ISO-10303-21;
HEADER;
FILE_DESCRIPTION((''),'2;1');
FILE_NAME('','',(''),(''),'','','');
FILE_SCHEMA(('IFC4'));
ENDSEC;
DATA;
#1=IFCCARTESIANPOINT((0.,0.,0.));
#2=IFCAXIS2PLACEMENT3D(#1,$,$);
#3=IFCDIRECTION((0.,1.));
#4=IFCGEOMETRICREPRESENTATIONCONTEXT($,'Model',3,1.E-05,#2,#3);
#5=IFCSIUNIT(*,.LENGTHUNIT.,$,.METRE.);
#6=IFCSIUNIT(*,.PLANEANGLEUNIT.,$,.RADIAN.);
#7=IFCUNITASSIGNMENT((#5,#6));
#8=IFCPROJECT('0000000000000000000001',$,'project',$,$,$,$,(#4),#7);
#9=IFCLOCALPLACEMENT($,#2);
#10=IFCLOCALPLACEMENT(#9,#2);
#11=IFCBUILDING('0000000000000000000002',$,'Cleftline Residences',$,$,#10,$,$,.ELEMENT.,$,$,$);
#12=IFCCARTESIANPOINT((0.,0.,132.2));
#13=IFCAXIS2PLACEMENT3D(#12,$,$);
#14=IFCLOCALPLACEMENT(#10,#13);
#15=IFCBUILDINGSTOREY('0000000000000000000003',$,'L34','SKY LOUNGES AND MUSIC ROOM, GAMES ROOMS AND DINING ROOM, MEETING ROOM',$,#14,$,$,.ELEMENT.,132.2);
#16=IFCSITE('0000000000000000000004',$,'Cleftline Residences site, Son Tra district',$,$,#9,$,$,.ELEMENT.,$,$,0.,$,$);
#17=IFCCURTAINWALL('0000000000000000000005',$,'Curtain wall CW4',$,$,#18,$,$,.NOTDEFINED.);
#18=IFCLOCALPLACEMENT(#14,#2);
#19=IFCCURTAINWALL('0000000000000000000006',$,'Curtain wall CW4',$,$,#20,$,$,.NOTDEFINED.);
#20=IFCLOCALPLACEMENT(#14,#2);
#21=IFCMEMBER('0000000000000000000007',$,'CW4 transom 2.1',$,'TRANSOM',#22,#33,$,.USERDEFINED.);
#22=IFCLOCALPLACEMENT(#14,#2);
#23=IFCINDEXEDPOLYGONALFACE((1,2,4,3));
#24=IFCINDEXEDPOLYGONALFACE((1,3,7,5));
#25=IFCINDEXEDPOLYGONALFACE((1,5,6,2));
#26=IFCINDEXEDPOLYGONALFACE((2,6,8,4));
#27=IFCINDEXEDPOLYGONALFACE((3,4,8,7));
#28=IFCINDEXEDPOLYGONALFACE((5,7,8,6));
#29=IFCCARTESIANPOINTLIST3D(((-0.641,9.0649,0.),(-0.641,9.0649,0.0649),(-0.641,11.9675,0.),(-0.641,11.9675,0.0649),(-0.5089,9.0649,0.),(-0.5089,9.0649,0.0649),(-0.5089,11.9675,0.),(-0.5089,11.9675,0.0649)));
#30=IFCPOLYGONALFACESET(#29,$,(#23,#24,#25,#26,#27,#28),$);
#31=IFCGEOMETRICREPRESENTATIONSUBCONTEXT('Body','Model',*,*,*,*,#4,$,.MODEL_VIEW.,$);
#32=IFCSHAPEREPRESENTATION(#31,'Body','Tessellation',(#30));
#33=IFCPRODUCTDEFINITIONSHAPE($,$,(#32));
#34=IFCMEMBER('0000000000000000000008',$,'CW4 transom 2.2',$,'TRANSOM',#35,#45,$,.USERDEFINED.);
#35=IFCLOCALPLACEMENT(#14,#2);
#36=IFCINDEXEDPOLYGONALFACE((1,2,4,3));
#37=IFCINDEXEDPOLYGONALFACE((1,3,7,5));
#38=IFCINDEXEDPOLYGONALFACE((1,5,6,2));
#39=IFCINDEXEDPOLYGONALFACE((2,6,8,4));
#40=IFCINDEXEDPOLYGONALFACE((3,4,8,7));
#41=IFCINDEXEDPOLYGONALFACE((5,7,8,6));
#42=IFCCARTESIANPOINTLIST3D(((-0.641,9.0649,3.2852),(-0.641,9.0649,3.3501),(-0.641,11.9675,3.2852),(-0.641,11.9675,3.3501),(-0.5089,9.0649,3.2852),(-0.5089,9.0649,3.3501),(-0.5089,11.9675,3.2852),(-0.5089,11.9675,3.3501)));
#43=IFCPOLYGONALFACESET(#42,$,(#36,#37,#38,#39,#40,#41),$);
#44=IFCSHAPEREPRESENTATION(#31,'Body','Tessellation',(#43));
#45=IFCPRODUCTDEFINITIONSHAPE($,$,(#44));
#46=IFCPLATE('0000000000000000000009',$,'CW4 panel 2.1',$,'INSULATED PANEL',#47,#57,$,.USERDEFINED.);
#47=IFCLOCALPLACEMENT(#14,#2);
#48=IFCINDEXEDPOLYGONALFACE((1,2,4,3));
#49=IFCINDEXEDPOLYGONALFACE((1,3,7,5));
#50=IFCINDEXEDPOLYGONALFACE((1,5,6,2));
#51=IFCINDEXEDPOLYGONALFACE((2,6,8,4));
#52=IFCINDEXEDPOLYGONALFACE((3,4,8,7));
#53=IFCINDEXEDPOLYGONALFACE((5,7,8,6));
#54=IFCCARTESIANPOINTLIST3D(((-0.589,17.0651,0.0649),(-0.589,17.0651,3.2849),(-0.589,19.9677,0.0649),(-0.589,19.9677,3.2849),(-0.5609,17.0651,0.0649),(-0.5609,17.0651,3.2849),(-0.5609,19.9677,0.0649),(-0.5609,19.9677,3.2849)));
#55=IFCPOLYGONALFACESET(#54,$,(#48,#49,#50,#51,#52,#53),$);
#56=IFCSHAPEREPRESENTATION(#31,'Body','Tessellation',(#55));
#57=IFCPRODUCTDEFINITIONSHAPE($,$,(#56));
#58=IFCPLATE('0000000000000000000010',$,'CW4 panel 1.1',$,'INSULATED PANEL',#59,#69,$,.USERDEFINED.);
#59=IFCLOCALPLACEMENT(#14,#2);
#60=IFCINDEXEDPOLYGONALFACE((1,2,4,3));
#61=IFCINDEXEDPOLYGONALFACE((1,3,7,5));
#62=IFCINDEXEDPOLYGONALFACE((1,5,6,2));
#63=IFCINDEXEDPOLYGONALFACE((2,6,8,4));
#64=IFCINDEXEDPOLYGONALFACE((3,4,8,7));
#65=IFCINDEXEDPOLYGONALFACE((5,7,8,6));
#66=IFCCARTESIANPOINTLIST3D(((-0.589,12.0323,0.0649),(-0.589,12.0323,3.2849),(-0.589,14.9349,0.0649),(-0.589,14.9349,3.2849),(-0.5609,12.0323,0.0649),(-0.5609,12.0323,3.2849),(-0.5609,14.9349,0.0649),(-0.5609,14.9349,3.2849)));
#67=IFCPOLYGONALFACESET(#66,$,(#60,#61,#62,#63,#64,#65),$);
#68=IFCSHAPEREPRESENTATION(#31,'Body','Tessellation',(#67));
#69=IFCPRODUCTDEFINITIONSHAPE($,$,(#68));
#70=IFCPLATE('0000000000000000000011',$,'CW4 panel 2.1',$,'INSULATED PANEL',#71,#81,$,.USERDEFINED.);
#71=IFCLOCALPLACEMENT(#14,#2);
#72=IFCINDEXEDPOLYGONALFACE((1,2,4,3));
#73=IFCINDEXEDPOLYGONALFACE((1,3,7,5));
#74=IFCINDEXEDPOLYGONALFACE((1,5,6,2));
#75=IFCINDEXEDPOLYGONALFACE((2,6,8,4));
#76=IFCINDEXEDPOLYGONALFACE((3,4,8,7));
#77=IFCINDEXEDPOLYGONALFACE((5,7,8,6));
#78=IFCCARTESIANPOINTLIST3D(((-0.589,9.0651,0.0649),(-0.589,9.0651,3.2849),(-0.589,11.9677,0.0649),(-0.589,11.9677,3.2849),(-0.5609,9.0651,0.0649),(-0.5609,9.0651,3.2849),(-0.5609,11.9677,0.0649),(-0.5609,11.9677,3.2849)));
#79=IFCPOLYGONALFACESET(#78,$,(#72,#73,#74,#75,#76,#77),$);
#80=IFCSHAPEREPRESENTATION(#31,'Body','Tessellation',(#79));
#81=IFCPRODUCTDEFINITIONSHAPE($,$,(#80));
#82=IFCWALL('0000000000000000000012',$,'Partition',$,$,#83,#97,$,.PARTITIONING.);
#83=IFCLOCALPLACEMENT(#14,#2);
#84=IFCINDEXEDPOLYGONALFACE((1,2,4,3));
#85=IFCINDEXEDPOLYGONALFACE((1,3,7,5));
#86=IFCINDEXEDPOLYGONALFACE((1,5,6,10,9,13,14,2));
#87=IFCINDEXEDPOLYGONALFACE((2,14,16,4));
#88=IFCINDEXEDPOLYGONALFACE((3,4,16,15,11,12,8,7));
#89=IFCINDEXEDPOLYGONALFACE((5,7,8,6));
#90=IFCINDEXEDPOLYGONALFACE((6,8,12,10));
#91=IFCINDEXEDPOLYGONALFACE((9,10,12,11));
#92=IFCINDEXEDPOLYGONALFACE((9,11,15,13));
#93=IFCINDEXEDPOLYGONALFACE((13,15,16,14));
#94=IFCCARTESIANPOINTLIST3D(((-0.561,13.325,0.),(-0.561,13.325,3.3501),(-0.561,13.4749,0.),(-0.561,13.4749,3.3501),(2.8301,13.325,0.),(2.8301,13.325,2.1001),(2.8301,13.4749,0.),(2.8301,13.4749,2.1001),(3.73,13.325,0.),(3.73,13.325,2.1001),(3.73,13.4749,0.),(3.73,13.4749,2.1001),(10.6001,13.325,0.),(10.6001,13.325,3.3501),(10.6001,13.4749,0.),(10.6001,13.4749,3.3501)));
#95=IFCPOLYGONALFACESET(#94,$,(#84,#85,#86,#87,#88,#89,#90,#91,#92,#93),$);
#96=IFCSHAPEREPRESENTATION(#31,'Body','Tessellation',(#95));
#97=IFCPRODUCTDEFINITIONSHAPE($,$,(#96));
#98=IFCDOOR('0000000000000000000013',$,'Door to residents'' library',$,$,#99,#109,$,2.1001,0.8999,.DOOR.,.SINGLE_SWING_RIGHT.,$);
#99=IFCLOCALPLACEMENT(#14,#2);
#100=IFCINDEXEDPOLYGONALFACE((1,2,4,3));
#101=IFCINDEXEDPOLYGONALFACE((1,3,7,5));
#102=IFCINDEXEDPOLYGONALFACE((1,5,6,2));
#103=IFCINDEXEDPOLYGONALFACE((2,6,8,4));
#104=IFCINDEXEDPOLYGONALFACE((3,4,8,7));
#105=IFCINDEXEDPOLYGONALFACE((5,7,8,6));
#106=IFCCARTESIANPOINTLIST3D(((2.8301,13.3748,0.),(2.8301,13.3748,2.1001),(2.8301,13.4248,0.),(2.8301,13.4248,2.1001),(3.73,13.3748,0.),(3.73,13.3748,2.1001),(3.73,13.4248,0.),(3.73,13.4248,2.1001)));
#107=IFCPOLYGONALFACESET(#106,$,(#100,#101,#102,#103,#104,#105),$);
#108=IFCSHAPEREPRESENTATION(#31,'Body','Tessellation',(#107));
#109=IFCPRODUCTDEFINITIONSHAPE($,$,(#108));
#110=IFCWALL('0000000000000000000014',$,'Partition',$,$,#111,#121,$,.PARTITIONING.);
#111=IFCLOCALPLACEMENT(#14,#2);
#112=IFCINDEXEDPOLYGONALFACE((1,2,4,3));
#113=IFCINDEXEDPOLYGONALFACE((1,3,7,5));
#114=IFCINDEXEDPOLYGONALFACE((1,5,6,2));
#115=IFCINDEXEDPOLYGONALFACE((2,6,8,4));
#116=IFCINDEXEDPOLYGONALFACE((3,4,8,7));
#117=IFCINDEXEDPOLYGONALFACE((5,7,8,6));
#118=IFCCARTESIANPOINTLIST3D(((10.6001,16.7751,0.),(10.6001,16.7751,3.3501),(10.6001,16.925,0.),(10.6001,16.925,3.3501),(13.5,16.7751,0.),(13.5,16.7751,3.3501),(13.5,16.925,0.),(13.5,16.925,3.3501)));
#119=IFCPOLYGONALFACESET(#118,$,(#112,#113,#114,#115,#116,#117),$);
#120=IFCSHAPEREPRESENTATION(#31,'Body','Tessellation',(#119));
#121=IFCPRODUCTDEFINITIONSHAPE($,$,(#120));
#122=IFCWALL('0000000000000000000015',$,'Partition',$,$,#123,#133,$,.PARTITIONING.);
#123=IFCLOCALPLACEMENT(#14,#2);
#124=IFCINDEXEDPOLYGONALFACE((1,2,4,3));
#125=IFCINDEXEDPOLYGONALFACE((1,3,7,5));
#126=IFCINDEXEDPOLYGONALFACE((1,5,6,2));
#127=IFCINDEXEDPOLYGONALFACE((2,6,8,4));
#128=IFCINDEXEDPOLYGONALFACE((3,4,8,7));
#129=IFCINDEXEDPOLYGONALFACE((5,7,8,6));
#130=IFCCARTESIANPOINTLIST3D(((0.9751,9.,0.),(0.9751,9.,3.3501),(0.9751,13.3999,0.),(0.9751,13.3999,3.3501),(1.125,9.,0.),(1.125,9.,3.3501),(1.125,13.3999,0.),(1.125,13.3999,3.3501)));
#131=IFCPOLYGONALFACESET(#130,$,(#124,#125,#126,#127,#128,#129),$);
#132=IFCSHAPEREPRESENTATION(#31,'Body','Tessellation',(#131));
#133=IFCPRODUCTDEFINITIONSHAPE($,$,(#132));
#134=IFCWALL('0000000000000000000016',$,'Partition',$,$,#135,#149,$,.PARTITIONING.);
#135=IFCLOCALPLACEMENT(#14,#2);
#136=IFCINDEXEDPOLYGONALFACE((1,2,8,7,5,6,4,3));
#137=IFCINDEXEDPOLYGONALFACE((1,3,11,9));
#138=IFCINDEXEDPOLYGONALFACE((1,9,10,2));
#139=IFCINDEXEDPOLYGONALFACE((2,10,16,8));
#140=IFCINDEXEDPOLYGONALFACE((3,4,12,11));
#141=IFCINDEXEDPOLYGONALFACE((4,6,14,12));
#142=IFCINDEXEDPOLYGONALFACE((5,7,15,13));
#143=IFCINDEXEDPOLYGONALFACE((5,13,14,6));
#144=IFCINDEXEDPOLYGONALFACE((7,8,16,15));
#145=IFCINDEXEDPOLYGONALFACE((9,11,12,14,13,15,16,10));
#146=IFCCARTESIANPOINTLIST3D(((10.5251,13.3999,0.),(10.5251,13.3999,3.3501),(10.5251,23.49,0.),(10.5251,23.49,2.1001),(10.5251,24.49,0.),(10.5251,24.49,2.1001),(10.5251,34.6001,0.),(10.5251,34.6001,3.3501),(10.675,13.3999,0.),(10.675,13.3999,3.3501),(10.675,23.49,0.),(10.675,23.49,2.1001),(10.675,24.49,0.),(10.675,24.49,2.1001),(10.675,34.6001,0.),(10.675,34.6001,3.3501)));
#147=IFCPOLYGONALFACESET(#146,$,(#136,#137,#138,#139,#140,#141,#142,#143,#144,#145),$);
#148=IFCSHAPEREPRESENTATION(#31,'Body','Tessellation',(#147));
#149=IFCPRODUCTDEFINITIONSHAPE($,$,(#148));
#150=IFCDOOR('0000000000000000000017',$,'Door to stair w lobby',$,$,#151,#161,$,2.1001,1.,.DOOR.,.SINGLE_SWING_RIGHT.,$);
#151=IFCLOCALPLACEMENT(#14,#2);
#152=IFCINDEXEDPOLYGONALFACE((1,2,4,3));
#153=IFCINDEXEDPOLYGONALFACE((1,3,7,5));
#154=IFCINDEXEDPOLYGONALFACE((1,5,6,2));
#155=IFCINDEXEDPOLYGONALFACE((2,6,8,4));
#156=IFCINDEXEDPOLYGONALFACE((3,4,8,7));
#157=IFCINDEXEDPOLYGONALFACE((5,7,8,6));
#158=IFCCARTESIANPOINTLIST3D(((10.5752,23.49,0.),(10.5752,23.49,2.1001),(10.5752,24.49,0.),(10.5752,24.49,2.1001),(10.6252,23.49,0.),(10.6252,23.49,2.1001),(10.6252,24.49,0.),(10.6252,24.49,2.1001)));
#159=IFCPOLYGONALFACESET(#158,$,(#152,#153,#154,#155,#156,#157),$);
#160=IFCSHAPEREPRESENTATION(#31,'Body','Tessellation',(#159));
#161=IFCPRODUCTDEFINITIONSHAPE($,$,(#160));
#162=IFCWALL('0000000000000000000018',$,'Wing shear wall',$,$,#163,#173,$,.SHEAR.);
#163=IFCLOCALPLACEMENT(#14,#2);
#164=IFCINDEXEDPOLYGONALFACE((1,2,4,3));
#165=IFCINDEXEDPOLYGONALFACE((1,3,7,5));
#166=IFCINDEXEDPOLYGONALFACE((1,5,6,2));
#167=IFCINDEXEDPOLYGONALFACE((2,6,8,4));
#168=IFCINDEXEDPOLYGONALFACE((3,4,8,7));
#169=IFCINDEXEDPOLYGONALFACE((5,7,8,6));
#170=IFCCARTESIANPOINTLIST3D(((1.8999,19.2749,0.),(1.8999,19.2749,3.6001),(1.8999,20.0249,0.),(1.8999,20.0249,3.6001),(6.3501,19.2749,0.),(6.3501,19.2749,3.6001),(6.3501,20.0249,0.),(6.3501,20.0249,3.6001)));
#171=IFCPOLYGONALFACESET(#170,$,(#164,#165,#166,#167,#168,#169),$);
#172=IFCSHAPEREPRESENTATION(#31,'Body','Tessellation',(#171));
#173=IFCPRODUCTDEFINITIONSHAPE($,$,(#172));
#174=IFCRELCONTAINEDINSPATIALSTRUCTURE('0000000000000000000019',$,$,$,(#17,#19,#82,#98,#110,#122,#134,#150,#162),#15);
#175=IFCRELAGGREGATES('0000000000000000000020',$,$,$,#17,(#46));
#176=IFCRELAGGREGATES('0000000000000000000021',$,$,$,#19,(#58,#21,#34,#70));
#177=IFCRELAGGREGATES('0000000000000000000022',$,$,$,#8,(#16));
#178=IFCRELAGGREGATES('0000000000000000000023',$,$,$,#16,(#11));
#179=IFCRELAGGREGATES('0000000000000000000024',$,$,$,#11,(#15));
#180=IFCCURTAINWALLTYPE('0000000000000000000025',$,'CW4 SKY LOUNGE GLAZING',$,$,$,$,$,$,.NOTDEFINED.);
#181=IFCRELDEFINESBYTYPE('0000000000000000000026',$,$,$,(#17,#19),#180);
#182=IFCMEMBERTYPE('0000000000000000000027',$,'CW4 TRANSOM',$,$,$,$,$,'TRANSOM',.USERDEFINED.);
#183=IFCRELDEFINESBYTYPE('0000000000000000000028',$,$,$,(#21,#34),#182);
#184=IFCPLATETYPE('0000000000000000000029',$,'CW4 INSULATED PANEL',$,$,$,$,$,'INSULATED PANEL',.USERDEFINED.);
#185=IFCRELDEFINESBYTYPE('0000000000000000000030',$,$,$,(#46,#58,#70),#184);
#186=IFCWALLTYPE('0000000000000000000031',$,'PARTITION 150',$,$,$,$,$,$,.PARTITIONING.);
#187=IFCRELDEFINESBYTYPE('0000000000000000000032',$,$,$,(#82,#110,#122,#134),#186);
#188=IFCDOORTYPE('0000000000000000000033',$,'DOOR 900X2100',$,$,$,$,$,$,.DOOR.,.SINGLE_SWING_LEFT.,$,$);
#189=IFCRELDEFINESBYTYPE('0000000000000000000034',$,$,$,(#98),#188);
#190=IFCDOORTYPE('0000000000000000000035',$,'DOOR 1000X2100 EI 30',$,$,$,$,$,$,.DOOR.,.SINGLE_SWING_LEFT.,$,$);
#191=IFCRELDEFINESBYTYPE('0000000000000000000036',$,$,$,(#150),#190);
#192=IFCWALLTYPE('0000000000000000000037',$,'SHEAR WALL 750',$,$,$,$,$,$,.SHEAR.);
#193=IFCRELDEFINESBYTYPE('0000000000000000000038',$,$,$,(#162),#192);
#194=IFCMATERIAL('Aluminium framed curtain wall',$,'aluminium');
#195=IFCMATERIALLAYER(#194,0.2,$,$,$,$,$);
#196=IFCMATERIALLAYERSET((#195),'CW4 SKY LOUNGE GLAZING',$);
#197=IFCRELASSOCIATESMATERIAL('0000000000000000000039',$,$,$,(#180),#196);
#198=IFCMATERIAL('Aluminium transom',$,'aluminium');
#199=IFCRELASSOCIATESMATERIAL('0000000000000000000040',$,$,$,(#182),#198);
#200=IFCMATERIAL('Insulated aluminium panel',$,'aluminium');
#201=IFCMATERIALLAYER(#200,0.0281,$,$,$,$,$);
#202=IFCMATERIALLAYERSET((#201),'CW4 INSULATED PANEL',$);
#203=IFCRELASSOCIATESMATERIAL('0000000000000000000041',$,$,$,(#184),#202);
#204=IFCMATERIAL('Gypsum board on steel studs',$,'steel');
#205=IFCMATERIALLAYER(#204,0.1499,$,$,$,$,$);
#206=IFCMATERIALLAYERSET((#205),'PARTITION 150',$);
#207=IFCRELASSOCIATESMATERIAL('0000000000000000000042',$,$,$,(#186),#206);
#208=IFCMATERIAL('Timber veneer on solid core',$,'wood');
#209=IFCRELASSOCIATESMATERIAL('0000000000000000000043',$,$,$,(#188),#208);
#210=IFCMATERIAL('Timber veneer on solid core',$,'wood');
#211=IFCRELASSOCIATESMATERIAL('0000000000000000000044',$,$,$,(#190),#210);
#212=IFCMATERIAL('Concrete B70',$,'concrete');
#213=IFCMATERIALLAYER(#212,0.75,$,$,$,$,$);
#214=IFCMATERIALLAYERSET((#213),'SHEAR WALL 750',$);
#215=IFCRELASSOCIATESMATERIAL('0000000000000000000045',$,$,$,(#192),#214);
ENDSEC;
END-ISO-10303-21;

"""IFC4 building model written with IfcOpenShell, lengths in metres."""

from ifc_helpers import new_model, si_unit, direction, frame, frame_2d, origin, origin_2d, place, context, subcontext, project, spatial, rectangle, extrude, material, layer, layer_set, material_profile, profile_set, type_object, element, fill, aggregate, save


model = new_model("IFC4")

# Units and contexts
model_context = context("Model", 3, precision=1e-05, world=origin(), true_north=direction((0.0, 1.0)))
body_context = subcontext(model_context, "Body", "Model", "MODEL_VIEW")
ifc_project = project(units=[si_unit("LENGTHUNIT", "METRE"), si_unit("PLANEANGLEUNIT", "RADIAN")], contexts=[model_context])

# Site, building, storey
site_placement = place(None, origin())
site = spatial("IfcSite", under=ifc_project, at=site_placement, Name="Cleftline Residences site, Son Tra district", CompositionType="ELEMENT", RefElevation=0.0)
building_placement = place(site_placement, origin())
building = spatial("IfcBuilding", under=site, at=building_placement, Name="Cleftline Residences", CompositionType="ELEMENT")
storey_placement = place(building_placement, frame((0.0, 0.0, 132.2)))
storey = spatial("IfcBuildingStorey", under=building, at=storey_placement, Name="L34", Description="SKY LOUNGES AND MUSIC ROOM, GAMES ROOMS AND DINING ROOM, MEETING ROOM", CompositionType="ELEMENT", Elevation=132.2)

# Curtain walls
ifc_material_1 = material(Name="Aluminium framed curtain wall", Category="aluminium")
ifc_layer_1 = layer(ifc_material_1, 0.2)
ifc_layer_set_1 = layer_set([ifc_layer_1], Name="CW4 SKY LOUNGE GLAZING")
curtain_wall_type = type_object("IfcCurtainWallType", Name="CW4 SKY LOUNGE GLAZING", PredefinedType="NOTDEFINED", material=ifc_layer_set_1)
curtain_wall_1_placement = place(storey_placement, origin())
curtain_wall_1 = element("IfcCurtainWall", 1, at=curtain_wall_1_placement, inside=storey, type_object=curtain_wall_type, Name="Curtain wall CW4", PredefinedType="NOTDEFINED")
curtain_wall_2_placement = place(storey_placement, origin())
curtain_wall_2 = element("IfcCurtainWall", 2, at=curtain_wall_2_placement, inside=storey, type_object=curtain_wall_type, Name="Curtain wall CW4", PredefinedType="NOTDEFINED")

# Members
ifc_material_2 = material(Name="Aluminium transom", Category="aluminium")
ifc_material_profile_1 = material_profile(ifc_material_2, rectangle(XDim=0.1321, YDim=0.0649, at=origin_2d()))
ifc_profile_set_1 = profile_set([ifc_material_profile_1], Name="Aluminium transom")
member_type_1 = type_object("IfcMemberType", Name="CW4 TRANSOM", ElementType="TRANSOM", PredefinedType="USERDEFINED", material=ifc_profile_set_1)
member_1_placement = place(storey_placement, frame((-0.575, 11.9675, 0.0325), z_axis=(0.0, -1.0, 0.0), x_axis=(1.0, 0.0, 0.0)))
member_1 = element("IfcMember", 3, at=member_1_placement, type_object=member_type_1, Name="CW4 transom 2.1", ObjectType="TRANSOM", PredefinedType="USERDEFINED", context=body_context, shape_type="SweptSolid", body=[
    extrude(rectangle(XDim=0.1321, YDim=0.0649, at=origin_2d()), origin(), (0.0, 0.0, 1.0), 2.9026),
])
member_2_placement = place(storey_placement, frame((-0.575, 11.9675, 3.3176), z_axis=(0.0, -1.0, 0.0), x_axis=(1.0, 0.0, 0.0)))
member_2 = element("IfcMember", 4, at=member_2_placement, type_object=member_type_1, Name="CW4 transom 2.2", ObjectType="TRANSOM", PredefinedType="USERDEFINED", context=body_context, shape_type="SweptSolid", body=[
    extrude(rectangle(XDim=0.1321, YDim=0.0649, at=origin_2d()), origin(), (0.0, 0.0, 1.0), 2.9026),
])

# Plates
ifc_material_3 = material(Name="Insulated aluminium panel", Category="aluminium")
ifc_layer_2 = layer(ifc_material_3, 0.0281)
ifc_layer_set_2 = layer_set([ifc_layer_2], Name="CW4 INSULATED PANEL")
plate_type = type_object("IfcPlateType", Name="CW4 INSULATED PANEL", ElementType="INSULATED PANEL", PredefinedType="USERDEFINED", material=ifc_layer_set_2)
plate_1_placement = place(storey_placement, frame((-0.575, 18.5164, 0.0649), z_axis=(0.0, 0.0, 1.0), x_axis=(0.0, -1.0, 0.0)))
plate_1 = element("IfcPlate", 5, at=plate_1_placement, type_object=plate_type, Name="CW4 panel 2.1", ObjectType="INSULATED PANEL", PredefinedType="USERDEFINED", context=body_context, shape_type="SweptSolid", body=[
    extrude(rectangle(XDim=2.9026, YDim=0.0281, at=origin_2d()), origin(), (0.0, 0.0, 1.0), 3.22),
])
aggregate(curtain_wall_1, [plate_1])
plate_2_placement = place(storey_placement, frame((-0.575, 13.4836, 0.0649), z_axis=(0.0, 0.0, 1.0), x_axis=(0.0, -1.0, 0.0)))
plate_2 = element("IfcPlate", 6, at=plate_2_placement, type_object=plate_type, Name="CW4 panel 1.1", ObjectType="INSULATED PANEL", PredefinedType="USERDEFINED", context=body_context, shape_type="SweptSolid", body=[
    extrude(rectangle(XDim=2.9026, YDim=0.0281, at=origin_2d()), origin(), (0.0, 0.0, 1.0), 3.22),
])
plate_3_placement = place(storey_placement, frame((-0.575, 10.5164, 0.0649), z_axis=(0.0, 0.0, 1.0), x_axis=(0.0, -1.0, 0.0)))
plate_3 = element("IfcPlate", 7, at=plate_3_placement, type_object=plate_type, Name="CW4 panel 2.1", ObjectType="INSULATED PANEL", PredefinedType="USERDEFINED", context=body_context, shape_type="SweptSolid", body=[
    extrude(rectangle(XDim=2.9026, YDim=0.0281, at=origin_2d()), origin(), (0.0, 0.0, 1.0), 3.22),
])
aggregate(curtain_wall_2, [plate_2, member_1, member_2, plate_3])

# Wall, opening, door
ifc_material_4 = material(Name="Gypsum board on steel studs", Category="steel")
ifc_layer_3 = layer(ifc_material_4, 0.1499)
ifc_layer_set_3 = layer_set([ifc_layer_3], Name="PARTITION 150")
wall_type_1 = type_object("IfcWallType", Name="PARTITION 150", PredefinedType="PARTITIONING", material=ifc_layer_set_3)
wall_1_placement = place(storey_placement, frame((-0.561, 13.3999, 0.0), z_axis=(0.0, 0.0, 1.0), x_axis=(1.0, 0.0, 0.0)))
wall_1 = element("IfcWall", 8, at=wall_1_placement, inside=storey, type_object=wall_type_1, Name="Partition", PredefinedType="PARTITIONING", context=body_context, shape_type="SweptSolid", body=[
    extrude(rectangle(XDim=11.1611, YDim=0.1499, at=frame_2d((5.5806, 0.0))), origin(), (0.0, 0.0, 1.0), 3.3501),
])
opening_1_placement = place(wall_1_placement, frame((3.3911, 0.0, 0.0)))
opening_1 = element("IfcOpeningElement", 9, at=opening_1_placement, cuts=wall_1, PredefinedType="OPENING", context=body_context, shape_type="SweptSolid", body=[
    extrude(rectangle(XDim=0.8999, YDim=2.1001, at=frame_2d((0.45, 1.05))), frame((0.0, 0.085, 0.0), z_axis=(0.0, -1.0, 0.0), x_axis=(1.0, 0.0, 0.0)), (0.0, 0.0, 1.0), 0.1699),
])
ifc_material_5 = material(Name="Timber veneer on solid core", Category="wood")
door_type_1 = type_object("IfcDoorType", Name="DOOR 900X2100", OperationType="SINGLE_SWING_LEFT", PredefinedType="DOOR", material=ifc_material_5)
door_1_placement = place(opening_1_placement, origin())
door_1 = element("IfcDoor", 10, at=door_1_placement, inside=storey, type_object=door_type_1, Name="Door to residents' library", OperationType="SINGLE_SWING_RIGHT", OverallHeight=2.1001, OverallWidth=0.8999, PredefinedType="DOOR", context=body_context, shape_type="SweptSolid", body=[
    extrude(rectangle(XDim=0.8999, YDim=2.1001, at=frame_2d((0.45, 1.05))), frame((0.0, 0.0249, 0.0), z_axis=(0.0, -1.0, 0.0), x_axis=(1.0, 0.0, 0.0)), (0.0, 0.0, 1.0), 0.05),
])
fill(opening_1, door_1)

# Walls
wall_2_placement = place(storey_placement, frame((10.6001, 16.8501, 0.0), z_axis=(0.0, 0.0, 1.0), x_axis=(1.0, 0.0, 0.0)))
element("IfcWall", 11, at=wall_2_placement, inside=storey, type_object=wall_type_1, Name="Partition", PredefinedType="PARTITIONING", context=body_context, shape_type="SweptSolid", body=[
    extrude(rectangle(XDim=2.8999, YDim=0.1499, at=frame_2d((1.45, 0.0))), origin(), (0.0, 0.0, 1.0), 3.3501),
])
wall_3_placement = place(storey_placement, frame((1.05, 9.0, 0.0), z_axis=(0.0, 0.0, 1.0), x_axis=(0.0, 1.0, 0.0)))
element("IfcWall", 12, at=wall_3_placement, inside=storey, type_object=wall_type_1, Name="Partition", PredefinedType="PARTITIONING", context=body_context, shape_type="SweptSolid", body=[
    extrude(rectangle(XDim=4.3999, YDim=0.1499, at=frame_2d((2.2, 0.0))), origin(), (0.0, 0.0, 1.0), 3.3501),
])

# Wall, opening, door
wall_4_placement = place(storey_placement, frame((10.6001, 13.3999, 0.0), z_axis=(0.0, 0.0, 1.0), x_axis=(0.0, 1.0, 0.0)))
wall_4 = element("IfcWall", 13, at=wall_4_placement, inside=storey, type_object=wall_type_1, Name="Partition", PredefinedType="PARTITIONING", context=body_context, shape_type="SweptSolid", body=[
    extrude(rectangle(XDim=21.2002, YDim=0.1499, at=frame_2d((10.6001, 0.0))), origin(), (0.0, 0.0, 1.0), 3.3501),
])
opening_2_placement = place(wall_4_placement, frame((10.0901, 0.0, 0.0)))
opening_2 = element("IfcOpeningElement", 14, at=opening_2_placement, cuts=wall_4, PredefinedType="OPENING", context=body_context, shape_type="SweptSolid", body=[
    extrude(rectangle(XDim=1.0, YDim=2.1001, at=frame_2d((0.5, 1.05))), frame((0.0, 0.085, 0.0), z_axis=(0.0, -1.0, 0.0), x_axis=(1.0, 0.0, 0.0)), (0.0, 0.0, 1.0), 0.1699),
])
ifc_material_6 = material(Name="Timber veneer on solid core", Category="wood")
door_type_2 = type_object("IfcDoorType", Name="DOOR 1000X2100 EI 30", OperationType="SINGLE_SWING_LEFT", PredefinedType="DOOR", material=ifc_material_6)
door_2_placement = place(opening_2_placement, origin())
door_2 = element("IfcDoor", 15, at=door_2_placement, inside=storey, type_object=door_type_2, Name="Door to stair w lobby", OperationType="SINGLE_SWING_RIGHT", OverallHeight=2.1001, OverallWidth=1.0, PredefinedType="DOOR", context=body_context, shape_type="SweptSolid", body=[
    extrude(rectangle(XDim=1.0, YDim=2.1001, at=frame_2d((0.5, 1.05))), frame((0.0, 0.0249, 0.0), z_axis=(0.0, -1.0, 0.0), x_axis=(1.0, 0.0, 0.0)), (0.0, 0.0, 1.0), 0.05),
])
fill(opening_2, door_2)

# Wall
ifc_material_7 = material(Name="Concrete B70", Category="concrete")
ifc_layer_4 = layer(ifc_material_7, 0.75)
ifc_layer_set_4 = layer_set([ifc_layer_4], Name="SHEAR WALL 750")
wall_type_2 = type_object("IfcWallType", Name="SHEAR WALL 750", PredefinedType="SHEAR", material=ifc_layer_set_4)
wall_5_placement = place(storey_placement, frame((1.8999, 19.6499, 0.0), z_axis=(0.0, 0.0, 1.0), x_axis=(1.0, 0.0, 0.0)))
element("IfcWall", 16, at=wall_5_placement, inside=storey, type_object=wall_type_2, Name="Wing shear wall", PredefinedType="SHEAR", context=body_context, shape_type="SweptSolid", body=[
    extrude(rectangle(XDim=4.4502, YDim=0.75, at=frame_2d((2.2251, 0.0))), origin(), (0.0, 0.0, 1.0), 3.6001),
])

save(model, "model.ifc")
